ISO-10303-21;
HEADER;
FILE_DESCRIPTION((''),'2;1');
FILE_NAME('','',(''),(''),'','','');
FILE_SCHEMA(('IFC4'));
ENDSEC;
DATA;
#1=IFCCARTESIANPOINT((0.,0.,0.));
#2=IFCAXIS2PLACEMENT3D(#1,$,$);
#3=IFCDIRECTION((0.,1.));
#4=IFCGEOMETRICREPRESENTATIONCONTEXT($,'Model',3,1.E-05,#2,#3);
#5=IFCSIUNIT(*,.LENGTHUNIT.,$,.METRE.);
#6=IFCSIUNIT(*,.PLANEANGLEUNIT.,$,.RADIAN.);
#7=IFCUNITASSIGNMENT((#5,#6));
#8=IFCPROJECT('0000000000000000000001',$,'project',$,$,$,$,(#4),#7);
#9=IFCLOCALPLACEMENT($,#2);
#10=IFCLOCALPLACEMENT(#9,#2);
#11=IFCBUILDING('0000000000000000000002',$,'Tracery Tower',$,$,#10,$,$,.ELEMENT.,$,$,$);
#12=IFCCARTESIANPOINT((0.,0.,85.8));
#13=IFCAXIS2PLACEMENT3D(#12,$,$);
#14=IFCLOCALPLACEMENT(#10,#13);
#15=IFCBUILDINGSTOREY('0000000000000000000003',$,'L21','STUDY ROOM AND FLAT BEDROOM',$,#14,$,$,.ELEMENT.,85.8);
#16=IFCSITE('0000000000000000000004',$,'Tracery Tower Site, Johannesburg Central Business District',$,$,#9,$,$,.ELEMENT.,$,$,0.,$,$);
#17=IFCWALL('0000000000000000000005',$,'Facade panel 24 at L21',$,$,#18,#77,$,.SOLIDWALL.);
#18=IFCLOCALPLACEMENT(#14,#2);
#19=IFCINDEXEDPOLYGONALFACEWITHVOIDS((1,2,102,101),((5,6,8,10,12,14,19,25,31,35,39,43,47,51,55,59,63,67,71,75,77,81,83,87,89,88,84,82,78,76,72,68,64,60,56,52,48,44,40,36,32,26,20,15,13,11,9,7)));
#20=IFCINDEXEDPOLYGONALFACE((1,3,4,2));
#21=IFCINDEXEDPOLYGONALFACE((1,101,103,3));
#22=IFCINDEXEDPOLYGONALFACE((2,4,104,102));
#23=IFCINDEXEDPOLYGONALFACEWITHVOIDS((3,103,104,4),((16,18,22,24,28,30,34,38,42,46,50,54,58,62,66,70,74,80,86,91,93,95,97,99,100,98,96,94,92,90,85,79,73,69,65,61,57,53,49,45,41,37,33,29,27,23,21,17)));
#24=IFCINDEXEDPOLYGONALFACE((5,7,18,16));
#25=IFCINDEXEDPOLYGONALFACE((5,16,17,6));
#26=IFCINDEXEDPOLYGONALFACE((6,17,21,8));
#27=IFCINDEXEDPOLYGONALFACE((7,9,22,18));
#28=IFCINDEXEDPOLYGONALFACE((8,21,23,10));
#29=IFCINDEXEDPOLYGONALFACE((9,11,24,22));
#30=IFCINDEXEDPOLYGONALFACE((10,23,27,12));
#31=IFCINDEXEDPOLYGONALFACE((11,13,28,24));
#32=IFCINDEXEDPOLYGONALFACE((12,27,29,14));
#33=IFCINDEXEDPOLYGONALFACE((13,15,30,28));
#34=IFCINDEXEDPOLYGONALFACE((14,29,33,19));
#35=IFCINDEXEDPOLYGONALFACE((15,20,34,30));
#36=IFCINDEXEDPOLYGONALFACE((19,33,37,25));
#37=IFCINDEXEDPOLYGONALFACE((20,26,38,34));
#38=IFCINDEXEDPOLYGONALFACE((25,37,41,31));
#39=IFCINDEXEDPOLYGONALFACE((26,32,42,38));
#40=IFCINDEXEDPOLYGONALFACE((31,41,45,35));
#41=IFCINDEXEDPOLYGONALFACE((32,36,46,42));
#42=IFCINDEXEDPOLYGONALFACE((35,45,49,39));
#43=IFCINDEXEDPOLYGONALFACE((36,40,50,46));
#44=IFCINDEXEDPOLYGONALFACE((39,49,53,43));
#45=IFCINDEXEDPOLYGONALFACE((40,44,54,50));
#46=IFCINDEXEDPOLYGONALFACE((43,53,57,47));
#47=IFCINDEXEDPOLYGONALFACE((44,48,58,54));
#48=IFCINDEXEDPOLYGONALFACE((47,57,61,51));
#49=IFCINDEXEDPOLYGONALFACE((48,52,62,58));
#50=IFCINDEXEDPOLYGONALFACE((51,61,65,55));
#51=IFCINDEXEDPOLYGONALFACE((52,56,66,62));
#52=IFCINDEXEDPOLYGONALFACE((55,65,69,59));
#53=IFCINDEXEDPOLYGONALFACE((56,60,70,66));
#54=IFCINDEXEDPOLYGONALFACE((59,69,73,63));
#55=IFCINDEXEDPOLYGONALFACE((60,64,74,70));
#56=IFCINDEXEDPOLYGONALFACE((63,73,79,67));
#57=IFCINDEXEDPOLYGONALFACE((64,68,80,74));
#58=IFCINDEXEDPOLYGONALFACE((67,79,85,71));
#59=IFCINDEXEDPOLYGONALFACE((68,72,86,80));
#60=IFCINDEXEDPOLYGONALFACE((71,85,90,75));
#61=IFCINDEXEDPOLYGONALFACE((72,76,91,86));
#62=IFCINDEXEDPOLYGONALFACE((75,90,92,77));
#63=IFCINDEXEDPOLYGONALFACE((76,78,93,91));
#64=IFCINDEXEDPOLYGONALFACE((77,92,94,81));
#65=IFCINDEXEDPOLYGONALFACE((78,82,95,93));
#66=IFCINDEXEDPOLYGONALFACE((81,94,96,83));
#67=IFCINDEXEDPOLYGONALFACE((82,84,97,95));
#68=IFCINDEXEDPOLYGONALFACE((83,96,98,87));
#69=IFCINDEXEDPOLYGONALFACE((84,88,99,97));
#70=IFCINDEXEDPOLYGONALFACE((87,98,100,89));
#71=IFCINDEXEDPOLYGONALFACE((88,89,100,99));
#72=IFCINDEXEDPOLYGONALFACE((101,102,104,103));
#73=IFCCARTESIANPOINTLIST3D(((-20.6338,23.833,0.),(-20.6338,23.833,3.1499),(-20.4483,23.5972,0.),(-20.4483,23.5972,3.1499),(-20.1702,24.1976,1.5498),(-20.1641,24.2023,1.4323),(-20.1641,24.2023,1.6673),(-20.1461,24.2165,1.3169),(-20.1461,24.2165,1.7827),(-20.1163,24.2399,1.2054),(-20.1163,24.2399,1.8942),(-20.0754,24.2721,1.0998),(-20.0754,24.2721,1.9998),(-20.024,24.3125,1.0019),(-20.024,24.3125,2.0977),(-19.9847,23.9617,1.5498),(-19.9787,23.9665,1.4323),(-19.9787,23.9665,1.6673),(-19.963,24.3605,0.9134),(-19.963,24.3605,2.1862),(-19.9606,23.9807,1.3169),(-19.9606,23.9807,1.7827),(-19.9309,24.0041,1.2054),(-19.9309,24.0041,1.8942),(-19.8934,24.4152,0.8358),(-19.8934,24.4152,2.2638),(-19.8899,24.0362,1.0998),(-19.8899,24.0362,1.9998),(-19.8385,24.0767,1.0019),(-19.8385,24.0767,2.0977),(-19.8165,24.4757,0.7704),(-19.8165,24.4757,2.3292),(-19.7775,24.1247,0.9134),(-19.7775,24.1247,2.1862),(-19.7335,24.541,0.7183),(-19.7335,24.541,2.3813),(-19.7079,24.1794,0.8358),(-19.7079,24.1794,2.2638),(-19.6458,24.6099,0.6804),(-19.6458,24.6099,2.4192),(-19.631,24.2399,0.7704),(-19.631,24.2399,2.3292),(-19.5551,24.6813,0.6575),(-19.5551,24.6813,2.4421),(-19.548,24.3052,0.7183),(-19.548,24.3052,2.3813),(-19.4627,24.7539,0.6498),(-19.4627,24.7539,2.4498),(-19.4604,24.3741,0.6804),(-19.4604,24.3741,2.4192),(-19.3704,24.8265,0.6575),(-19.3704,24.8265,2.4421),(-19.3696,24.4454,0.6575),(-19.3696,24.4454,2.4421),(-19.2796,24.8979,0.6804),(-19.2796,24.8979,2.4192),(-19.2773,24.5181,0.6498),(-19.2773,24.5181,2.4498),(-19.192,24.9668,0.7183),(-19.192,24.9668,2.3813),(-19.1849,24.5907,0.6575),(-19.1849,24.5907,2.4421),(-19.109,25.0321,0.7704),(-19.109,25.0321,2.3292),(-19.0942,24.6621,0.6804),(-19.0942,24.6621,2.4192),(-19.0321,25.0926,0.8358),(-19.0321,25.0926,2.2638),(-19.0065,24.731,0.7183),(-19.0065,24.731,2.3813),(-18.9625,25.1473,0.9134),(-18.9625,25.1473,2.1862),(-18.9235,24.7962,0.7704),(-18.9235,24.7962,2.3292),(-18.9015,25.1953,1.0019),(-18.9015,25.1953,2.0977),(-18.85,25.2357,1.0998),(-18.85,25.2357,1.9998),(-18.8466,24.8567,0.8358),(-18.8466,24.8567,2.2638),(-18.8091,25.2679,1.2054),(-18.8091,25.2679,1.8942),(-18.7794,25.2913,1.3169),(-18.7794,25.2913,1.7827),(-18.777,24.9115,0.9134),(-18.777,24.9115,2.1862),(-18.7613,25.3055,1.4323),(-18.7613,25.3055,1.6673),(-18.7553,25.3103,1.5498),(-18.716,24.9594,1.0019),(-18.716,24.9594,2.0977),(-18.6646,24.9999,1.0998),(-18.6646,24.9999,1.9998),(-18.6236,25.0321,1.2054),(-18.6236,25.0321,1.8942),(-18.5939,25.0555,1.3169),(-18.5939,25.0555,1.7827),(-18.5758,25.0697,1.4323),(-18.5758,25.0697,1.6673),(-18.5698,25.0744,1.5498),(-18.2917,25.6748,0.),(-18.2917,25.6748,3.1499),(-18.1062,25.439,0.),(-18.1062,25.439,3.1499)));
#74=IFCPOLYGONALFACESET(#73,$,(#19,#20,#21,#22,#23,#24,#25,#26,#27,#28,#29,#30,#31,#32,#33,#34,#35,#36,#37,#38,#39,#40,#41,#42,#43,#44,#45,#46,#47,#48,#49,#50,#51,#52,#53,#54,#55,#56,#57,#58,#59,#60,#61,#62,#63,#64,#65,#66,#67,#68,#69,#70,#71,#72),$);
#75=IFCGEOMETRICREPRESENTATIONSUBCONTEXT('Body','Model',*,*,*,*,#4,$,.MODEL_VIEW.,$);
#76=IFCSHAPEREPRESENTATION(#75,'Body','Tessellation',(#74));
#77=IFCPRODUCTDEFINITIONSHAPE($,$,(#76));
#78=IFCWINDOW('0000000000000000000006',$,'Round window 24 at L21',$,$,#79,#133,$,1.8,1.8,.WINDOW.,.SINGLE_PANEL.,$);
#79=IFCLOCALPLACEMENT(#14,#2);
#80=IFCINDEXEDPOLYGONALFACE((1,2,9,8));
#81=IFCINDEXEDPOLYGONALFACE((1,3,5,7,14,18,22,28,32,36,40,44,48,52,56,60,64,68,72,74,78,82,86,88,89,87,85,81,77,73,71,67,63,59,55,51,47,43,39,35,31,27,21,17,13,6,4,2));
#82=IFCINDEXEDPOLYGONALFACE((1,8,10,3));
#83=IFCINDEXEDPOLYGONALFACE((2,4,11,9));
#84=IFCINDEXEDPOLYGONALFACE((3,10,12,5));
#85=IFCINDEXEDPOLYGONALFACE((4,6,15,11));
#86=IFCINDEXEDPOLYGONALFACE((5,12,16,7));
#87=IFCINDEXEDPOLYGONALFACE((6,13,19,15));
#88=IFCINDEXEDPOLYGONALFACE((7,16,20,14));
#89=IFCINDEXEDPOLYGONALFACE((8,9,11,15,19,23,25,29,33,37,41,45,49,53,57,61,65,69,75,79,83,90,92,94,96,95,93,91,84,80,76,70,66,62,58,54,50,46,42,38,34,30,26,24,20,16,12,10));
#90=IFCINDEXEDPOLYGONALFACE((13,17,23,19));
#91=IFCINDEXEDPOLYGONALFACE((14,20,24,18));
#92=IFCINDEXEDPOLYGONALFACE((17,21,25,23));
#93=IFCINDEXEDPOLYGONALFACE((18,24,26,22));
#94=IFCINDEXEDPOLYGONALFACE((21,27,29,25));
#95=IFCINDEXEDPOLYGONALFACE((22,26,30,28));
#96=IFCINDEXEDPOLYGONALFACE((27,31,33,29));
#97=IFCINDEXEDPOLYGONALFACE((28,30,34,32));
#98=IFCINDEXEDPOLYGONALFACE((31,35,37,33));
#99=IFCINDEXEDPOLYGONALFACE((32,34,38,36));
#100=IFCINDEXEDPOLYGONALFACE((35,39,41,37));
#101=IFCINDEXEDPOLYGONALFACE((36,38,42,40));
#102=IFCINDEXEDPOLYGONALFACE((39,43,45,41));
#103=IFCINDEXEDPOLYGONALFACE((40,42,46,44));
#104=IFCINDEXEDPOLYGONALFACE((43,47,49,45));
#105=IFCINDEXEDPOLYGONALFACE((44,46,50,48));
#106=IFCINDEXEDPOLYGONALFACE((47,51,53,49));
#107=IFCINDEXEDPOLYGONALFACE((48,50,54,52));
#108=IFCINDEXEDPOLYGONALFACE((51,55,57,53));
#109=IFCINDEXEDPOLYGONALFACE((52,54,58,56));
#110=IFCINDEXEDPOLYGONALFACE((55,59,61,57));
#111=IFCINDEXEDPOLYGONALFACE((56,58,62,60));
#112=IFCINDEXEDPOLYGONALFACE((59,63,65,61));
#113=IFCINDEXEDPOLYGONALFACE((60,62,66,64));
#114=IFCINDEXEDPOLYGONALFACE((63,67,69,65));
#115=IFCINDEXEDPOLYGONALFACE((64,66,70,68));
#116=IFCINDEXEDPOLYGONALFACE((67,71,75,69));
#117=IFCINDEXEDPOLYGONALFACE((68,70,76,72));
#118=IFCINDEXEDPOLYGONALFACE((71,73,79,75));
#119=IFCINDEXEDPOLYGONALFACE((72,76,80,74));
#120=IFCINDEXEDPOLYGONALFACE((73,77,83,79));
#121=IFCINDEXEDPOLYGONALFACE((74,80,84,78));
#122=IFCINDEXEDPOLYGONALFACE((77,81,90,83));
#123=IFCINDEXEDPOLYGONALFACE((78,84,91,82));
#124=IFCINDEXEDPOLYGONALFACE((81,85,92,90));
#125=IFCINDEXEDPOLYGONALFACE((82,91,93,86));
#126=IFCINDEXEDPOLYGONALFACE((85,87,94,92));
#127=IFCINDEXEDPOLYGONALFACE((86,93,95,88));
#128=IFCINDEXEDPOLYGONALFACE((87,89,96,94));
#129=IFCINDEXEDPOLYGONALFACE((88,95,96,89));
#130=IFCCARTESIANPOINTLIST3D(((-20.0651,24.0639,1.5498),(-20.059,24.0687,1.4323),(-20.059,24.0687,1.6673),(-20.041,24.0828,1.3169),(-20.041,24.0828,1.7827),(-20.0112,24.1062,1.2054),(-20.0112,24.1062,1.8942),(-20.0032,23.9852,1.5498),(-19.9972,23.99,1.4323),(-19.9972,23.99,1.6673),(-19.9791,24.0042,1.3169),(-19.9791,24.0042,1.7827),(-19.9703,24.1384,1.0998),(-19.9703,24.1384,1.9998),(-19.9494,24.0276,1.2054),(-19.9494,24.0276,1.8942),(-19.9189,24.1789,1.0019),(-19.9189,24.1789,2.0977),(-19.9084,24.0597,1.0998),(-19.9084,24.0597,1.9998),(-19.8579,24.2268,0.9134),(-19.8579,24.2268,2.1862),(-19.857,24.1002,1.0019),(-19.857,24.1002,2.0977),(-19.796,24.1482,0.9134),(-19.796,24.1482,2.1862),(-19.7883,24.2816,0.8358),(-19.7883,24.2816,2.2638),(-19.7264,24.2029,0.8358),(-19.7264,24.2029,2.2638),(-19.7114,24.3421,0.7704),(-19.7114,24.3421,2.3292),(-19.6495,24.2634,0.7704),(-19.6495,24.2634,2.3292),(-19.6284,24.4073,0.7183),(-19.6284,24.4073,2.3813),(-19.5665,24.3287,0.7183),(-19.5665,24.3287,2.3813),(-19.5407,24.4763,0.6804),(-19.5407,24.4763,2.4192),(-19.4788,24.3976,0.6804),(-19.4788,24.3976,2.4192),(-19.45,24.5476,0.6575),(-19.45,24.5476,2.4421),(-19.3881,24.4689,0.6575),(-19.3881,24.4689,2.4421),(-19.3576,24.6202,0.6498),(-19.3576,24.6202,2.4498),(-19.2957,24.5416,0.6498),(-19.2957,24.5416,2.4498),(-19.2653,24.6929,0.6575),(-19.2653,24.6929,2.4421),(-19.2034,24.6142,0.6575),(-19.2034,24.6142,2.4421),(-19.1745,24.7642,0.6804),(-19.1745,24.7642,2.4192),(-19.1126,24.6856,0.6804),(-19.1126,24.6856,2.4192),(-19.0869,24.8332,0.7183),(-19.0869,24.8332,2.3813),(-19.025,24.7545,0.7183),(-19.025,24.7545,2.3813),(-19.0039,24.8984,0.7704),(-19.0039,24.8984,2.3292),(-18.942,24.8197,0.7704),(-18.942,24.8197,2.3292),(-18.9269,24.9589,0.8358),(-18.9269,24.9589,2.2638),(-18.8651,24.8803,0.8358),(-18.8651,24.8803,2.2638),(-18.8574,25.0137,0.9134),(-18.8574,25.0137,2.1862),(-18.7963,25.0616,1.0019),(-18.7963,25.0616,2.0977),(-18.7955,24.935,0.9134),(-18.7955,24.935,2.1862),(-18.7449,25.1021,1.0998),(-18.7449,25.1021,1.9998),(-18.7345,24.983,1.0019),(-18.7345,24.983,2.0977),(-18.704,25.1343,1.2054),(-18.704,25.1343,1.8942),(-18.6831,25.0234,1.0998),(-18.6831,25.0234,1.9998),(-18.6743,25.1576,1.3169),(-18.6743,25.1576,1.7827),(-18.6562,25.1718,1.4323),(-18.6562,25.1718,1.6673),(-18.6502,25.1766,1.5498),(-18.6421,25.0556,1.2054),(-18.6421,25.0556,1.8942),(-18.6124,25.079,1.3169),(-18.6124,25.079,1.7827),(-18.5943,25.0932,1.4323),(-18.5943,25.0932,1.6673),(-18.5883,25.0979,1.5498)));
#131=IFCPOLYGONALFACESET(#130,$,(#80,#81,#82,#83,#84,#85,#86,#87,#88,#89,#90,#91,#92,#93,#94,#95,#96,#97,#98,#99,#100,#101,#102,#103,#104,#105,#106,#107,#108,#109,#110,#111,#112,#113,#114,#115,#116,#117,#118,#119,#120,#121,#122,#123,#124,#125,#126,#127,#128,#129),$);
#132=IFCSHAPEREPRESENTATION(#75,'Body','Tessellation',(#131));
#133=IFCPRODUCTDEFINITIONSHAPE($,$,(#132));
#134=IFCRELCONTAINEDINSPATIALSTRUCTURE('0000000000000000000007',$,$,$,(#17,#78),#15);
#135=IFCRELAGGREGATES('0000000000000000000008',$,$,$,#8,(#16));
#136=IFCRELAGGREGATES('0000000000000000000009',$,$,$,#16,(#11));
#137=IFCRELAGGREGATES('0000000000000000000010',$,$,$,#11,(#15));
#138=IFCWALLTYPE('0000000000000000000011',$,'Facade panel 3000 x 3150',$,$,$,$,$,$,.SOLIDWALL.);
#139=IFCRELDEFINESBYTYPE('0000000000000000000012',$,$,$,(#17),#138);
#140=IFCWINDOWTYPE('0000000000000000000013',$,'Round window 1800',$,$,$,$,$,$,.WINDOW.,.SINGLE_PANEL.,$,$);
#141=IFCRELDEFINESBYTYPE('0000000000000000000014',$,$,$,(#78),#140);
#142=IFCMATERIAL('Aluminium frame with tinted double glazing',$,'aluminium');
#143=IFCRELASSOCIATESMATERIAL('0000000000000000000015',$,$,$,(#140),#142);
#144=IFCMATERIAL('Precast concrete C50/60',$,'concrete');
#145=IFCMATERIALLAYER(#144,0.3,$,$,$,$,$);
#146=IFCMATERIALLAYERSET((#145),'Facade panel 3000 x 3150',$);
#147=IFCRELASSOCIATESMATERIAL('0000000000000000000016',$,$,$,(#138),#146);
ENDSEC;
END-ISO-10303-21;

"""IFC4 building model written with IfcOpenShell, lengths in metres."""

from ifc_helpers import new_model, si_unit, direction, frame, frame_2d, origin, origin_2d, place, context, subcontext, project, spatial, rectangle, circle, extrude, material, layer, layer_set, type_object, element, fill, save


model = new_model("IFC4")

# Units and contexts
model_context = context("Model", 3, precision=1e-05, world=origin(), true_north=direction((0.0, 1.0)))
body_context = subcontext(model_context, "Body", "Model", "MODEL_VIEW")
ifc_project = project(units=[si_unit("LENGTHUNIT", "METRE"), si_unit("PLANEANGLEUNIT", "RADIAN")], contexts=[model_context])

# Site, building, storey
site_placement = place(None, origin())
site = spatial("IfcSite", under=ifc_project, at=site_placement, Name="Tracery Tower Site, Johannesburg Central Business District", CompositionType="ELEMENT", RefElevation=0.0)
building_placement = place(site_placement, origin())
building = spatial("IfcBuilding", under=site, at=building_placement, Name="Tracery Tower", CompositionType="ELEMENT")
storey_placement = place(building_placement, frame((0.0, 0.0, 85.8)))
storey = spatial("IfcBuildingStorey", under=building, at=storey_placement, Name="L21", Description="STUDY ROOM AND FLAT BEDROOM", CompositionType="ELEMENT", Elevation=85.8)

# Wall, opening, window
ifc_material_1 = material(Name="Aluminium frame with tinted double glazing", Category="aluminium")
window_type = type_object("IfcWindowType", Name="Round window 1800", PartitioningType="SINGLE_PANEL", PredefinedType="WINDOW", material=ifc_material_1)
ifc_material_2 = material(Name="Precast concrete C50/60", Category="concrete")
ifc_layer_1 = layer(ifc_material_2, 0.3)
ifc_layer_set_1 = layer_set([ifc_layer_1], Name="Facade panel 3000 x 3150")
wall_type_1 = type_object("IfcWallType", Name="Facade panel 3000 x 3150", PredefinedType="SOLIDWALL", material=ifc_layer_set_1)
wall_1_placement = place(storey_placement, frame((-18.199, 25.5569, 0.0), z_axis=(0.0, 0.0, 1.0), x_axis=(-0.786054, -0.618158, 0.0)))
wall_1 = element("IfcWall", 1, at=wall_1_placement, inside=storey, type_object=wall_type_1, Name="Facade panel 24 at L21", PredefinedType="SOLIDWALL", context=body_context, shape_type="SweptSolid", body=[
    extrude(rectangle(XDim=2.9795, YDim=0.3, at=frame_2d((1.4897, 0.0))), origin(), (0.0, 0.0, 1.0), 3.1499),
])
opening_1_placement = place(wall_1_placement, frame((1.4897, 0.0, 1.5498)))
opening_1 = element("IfcOpeningElement", 2, at=opening_1_placement, cuts=wall_1, PredefinedType="OPENING", context=body_context, shape_type="SweptSolid", body=[
    extrude(circle(Radius=0.9, at=origin_2d()), frame((0.0, 0.1599, 0.0), z_axis=(0.0, -1.0, 0.0), x_axis=(1.0, 0.0, 0.0)), (0.0, 0.0, 1.0), 0.3201),
])
window_1_placement = place(opening_1_placement, origin())
window_1 = element("IfcWindow", 3, at=window_1_placement, inside=storey, type_object=window_type, Name="Round window 24 at L21", OverallHeight=1.8, OverallWidth=1.8, PartitioningType="SINGLE_PANEL", PredefinedType="WINDOW", context=body_context, shape_type="SweptSolid", body=[
    extrude(circle(Radius=0.9, at=origin_2d()), frame((0.0, 0.1201, 0.0), z_axis=(0.0, -1.0, 0.0), x_axis=(1.0, 0.0, 0.0)), (0.0, 0.0, 1.0), 0.1001),
])
fill(opening_1, window_1)

save(model, "model.ifc")
